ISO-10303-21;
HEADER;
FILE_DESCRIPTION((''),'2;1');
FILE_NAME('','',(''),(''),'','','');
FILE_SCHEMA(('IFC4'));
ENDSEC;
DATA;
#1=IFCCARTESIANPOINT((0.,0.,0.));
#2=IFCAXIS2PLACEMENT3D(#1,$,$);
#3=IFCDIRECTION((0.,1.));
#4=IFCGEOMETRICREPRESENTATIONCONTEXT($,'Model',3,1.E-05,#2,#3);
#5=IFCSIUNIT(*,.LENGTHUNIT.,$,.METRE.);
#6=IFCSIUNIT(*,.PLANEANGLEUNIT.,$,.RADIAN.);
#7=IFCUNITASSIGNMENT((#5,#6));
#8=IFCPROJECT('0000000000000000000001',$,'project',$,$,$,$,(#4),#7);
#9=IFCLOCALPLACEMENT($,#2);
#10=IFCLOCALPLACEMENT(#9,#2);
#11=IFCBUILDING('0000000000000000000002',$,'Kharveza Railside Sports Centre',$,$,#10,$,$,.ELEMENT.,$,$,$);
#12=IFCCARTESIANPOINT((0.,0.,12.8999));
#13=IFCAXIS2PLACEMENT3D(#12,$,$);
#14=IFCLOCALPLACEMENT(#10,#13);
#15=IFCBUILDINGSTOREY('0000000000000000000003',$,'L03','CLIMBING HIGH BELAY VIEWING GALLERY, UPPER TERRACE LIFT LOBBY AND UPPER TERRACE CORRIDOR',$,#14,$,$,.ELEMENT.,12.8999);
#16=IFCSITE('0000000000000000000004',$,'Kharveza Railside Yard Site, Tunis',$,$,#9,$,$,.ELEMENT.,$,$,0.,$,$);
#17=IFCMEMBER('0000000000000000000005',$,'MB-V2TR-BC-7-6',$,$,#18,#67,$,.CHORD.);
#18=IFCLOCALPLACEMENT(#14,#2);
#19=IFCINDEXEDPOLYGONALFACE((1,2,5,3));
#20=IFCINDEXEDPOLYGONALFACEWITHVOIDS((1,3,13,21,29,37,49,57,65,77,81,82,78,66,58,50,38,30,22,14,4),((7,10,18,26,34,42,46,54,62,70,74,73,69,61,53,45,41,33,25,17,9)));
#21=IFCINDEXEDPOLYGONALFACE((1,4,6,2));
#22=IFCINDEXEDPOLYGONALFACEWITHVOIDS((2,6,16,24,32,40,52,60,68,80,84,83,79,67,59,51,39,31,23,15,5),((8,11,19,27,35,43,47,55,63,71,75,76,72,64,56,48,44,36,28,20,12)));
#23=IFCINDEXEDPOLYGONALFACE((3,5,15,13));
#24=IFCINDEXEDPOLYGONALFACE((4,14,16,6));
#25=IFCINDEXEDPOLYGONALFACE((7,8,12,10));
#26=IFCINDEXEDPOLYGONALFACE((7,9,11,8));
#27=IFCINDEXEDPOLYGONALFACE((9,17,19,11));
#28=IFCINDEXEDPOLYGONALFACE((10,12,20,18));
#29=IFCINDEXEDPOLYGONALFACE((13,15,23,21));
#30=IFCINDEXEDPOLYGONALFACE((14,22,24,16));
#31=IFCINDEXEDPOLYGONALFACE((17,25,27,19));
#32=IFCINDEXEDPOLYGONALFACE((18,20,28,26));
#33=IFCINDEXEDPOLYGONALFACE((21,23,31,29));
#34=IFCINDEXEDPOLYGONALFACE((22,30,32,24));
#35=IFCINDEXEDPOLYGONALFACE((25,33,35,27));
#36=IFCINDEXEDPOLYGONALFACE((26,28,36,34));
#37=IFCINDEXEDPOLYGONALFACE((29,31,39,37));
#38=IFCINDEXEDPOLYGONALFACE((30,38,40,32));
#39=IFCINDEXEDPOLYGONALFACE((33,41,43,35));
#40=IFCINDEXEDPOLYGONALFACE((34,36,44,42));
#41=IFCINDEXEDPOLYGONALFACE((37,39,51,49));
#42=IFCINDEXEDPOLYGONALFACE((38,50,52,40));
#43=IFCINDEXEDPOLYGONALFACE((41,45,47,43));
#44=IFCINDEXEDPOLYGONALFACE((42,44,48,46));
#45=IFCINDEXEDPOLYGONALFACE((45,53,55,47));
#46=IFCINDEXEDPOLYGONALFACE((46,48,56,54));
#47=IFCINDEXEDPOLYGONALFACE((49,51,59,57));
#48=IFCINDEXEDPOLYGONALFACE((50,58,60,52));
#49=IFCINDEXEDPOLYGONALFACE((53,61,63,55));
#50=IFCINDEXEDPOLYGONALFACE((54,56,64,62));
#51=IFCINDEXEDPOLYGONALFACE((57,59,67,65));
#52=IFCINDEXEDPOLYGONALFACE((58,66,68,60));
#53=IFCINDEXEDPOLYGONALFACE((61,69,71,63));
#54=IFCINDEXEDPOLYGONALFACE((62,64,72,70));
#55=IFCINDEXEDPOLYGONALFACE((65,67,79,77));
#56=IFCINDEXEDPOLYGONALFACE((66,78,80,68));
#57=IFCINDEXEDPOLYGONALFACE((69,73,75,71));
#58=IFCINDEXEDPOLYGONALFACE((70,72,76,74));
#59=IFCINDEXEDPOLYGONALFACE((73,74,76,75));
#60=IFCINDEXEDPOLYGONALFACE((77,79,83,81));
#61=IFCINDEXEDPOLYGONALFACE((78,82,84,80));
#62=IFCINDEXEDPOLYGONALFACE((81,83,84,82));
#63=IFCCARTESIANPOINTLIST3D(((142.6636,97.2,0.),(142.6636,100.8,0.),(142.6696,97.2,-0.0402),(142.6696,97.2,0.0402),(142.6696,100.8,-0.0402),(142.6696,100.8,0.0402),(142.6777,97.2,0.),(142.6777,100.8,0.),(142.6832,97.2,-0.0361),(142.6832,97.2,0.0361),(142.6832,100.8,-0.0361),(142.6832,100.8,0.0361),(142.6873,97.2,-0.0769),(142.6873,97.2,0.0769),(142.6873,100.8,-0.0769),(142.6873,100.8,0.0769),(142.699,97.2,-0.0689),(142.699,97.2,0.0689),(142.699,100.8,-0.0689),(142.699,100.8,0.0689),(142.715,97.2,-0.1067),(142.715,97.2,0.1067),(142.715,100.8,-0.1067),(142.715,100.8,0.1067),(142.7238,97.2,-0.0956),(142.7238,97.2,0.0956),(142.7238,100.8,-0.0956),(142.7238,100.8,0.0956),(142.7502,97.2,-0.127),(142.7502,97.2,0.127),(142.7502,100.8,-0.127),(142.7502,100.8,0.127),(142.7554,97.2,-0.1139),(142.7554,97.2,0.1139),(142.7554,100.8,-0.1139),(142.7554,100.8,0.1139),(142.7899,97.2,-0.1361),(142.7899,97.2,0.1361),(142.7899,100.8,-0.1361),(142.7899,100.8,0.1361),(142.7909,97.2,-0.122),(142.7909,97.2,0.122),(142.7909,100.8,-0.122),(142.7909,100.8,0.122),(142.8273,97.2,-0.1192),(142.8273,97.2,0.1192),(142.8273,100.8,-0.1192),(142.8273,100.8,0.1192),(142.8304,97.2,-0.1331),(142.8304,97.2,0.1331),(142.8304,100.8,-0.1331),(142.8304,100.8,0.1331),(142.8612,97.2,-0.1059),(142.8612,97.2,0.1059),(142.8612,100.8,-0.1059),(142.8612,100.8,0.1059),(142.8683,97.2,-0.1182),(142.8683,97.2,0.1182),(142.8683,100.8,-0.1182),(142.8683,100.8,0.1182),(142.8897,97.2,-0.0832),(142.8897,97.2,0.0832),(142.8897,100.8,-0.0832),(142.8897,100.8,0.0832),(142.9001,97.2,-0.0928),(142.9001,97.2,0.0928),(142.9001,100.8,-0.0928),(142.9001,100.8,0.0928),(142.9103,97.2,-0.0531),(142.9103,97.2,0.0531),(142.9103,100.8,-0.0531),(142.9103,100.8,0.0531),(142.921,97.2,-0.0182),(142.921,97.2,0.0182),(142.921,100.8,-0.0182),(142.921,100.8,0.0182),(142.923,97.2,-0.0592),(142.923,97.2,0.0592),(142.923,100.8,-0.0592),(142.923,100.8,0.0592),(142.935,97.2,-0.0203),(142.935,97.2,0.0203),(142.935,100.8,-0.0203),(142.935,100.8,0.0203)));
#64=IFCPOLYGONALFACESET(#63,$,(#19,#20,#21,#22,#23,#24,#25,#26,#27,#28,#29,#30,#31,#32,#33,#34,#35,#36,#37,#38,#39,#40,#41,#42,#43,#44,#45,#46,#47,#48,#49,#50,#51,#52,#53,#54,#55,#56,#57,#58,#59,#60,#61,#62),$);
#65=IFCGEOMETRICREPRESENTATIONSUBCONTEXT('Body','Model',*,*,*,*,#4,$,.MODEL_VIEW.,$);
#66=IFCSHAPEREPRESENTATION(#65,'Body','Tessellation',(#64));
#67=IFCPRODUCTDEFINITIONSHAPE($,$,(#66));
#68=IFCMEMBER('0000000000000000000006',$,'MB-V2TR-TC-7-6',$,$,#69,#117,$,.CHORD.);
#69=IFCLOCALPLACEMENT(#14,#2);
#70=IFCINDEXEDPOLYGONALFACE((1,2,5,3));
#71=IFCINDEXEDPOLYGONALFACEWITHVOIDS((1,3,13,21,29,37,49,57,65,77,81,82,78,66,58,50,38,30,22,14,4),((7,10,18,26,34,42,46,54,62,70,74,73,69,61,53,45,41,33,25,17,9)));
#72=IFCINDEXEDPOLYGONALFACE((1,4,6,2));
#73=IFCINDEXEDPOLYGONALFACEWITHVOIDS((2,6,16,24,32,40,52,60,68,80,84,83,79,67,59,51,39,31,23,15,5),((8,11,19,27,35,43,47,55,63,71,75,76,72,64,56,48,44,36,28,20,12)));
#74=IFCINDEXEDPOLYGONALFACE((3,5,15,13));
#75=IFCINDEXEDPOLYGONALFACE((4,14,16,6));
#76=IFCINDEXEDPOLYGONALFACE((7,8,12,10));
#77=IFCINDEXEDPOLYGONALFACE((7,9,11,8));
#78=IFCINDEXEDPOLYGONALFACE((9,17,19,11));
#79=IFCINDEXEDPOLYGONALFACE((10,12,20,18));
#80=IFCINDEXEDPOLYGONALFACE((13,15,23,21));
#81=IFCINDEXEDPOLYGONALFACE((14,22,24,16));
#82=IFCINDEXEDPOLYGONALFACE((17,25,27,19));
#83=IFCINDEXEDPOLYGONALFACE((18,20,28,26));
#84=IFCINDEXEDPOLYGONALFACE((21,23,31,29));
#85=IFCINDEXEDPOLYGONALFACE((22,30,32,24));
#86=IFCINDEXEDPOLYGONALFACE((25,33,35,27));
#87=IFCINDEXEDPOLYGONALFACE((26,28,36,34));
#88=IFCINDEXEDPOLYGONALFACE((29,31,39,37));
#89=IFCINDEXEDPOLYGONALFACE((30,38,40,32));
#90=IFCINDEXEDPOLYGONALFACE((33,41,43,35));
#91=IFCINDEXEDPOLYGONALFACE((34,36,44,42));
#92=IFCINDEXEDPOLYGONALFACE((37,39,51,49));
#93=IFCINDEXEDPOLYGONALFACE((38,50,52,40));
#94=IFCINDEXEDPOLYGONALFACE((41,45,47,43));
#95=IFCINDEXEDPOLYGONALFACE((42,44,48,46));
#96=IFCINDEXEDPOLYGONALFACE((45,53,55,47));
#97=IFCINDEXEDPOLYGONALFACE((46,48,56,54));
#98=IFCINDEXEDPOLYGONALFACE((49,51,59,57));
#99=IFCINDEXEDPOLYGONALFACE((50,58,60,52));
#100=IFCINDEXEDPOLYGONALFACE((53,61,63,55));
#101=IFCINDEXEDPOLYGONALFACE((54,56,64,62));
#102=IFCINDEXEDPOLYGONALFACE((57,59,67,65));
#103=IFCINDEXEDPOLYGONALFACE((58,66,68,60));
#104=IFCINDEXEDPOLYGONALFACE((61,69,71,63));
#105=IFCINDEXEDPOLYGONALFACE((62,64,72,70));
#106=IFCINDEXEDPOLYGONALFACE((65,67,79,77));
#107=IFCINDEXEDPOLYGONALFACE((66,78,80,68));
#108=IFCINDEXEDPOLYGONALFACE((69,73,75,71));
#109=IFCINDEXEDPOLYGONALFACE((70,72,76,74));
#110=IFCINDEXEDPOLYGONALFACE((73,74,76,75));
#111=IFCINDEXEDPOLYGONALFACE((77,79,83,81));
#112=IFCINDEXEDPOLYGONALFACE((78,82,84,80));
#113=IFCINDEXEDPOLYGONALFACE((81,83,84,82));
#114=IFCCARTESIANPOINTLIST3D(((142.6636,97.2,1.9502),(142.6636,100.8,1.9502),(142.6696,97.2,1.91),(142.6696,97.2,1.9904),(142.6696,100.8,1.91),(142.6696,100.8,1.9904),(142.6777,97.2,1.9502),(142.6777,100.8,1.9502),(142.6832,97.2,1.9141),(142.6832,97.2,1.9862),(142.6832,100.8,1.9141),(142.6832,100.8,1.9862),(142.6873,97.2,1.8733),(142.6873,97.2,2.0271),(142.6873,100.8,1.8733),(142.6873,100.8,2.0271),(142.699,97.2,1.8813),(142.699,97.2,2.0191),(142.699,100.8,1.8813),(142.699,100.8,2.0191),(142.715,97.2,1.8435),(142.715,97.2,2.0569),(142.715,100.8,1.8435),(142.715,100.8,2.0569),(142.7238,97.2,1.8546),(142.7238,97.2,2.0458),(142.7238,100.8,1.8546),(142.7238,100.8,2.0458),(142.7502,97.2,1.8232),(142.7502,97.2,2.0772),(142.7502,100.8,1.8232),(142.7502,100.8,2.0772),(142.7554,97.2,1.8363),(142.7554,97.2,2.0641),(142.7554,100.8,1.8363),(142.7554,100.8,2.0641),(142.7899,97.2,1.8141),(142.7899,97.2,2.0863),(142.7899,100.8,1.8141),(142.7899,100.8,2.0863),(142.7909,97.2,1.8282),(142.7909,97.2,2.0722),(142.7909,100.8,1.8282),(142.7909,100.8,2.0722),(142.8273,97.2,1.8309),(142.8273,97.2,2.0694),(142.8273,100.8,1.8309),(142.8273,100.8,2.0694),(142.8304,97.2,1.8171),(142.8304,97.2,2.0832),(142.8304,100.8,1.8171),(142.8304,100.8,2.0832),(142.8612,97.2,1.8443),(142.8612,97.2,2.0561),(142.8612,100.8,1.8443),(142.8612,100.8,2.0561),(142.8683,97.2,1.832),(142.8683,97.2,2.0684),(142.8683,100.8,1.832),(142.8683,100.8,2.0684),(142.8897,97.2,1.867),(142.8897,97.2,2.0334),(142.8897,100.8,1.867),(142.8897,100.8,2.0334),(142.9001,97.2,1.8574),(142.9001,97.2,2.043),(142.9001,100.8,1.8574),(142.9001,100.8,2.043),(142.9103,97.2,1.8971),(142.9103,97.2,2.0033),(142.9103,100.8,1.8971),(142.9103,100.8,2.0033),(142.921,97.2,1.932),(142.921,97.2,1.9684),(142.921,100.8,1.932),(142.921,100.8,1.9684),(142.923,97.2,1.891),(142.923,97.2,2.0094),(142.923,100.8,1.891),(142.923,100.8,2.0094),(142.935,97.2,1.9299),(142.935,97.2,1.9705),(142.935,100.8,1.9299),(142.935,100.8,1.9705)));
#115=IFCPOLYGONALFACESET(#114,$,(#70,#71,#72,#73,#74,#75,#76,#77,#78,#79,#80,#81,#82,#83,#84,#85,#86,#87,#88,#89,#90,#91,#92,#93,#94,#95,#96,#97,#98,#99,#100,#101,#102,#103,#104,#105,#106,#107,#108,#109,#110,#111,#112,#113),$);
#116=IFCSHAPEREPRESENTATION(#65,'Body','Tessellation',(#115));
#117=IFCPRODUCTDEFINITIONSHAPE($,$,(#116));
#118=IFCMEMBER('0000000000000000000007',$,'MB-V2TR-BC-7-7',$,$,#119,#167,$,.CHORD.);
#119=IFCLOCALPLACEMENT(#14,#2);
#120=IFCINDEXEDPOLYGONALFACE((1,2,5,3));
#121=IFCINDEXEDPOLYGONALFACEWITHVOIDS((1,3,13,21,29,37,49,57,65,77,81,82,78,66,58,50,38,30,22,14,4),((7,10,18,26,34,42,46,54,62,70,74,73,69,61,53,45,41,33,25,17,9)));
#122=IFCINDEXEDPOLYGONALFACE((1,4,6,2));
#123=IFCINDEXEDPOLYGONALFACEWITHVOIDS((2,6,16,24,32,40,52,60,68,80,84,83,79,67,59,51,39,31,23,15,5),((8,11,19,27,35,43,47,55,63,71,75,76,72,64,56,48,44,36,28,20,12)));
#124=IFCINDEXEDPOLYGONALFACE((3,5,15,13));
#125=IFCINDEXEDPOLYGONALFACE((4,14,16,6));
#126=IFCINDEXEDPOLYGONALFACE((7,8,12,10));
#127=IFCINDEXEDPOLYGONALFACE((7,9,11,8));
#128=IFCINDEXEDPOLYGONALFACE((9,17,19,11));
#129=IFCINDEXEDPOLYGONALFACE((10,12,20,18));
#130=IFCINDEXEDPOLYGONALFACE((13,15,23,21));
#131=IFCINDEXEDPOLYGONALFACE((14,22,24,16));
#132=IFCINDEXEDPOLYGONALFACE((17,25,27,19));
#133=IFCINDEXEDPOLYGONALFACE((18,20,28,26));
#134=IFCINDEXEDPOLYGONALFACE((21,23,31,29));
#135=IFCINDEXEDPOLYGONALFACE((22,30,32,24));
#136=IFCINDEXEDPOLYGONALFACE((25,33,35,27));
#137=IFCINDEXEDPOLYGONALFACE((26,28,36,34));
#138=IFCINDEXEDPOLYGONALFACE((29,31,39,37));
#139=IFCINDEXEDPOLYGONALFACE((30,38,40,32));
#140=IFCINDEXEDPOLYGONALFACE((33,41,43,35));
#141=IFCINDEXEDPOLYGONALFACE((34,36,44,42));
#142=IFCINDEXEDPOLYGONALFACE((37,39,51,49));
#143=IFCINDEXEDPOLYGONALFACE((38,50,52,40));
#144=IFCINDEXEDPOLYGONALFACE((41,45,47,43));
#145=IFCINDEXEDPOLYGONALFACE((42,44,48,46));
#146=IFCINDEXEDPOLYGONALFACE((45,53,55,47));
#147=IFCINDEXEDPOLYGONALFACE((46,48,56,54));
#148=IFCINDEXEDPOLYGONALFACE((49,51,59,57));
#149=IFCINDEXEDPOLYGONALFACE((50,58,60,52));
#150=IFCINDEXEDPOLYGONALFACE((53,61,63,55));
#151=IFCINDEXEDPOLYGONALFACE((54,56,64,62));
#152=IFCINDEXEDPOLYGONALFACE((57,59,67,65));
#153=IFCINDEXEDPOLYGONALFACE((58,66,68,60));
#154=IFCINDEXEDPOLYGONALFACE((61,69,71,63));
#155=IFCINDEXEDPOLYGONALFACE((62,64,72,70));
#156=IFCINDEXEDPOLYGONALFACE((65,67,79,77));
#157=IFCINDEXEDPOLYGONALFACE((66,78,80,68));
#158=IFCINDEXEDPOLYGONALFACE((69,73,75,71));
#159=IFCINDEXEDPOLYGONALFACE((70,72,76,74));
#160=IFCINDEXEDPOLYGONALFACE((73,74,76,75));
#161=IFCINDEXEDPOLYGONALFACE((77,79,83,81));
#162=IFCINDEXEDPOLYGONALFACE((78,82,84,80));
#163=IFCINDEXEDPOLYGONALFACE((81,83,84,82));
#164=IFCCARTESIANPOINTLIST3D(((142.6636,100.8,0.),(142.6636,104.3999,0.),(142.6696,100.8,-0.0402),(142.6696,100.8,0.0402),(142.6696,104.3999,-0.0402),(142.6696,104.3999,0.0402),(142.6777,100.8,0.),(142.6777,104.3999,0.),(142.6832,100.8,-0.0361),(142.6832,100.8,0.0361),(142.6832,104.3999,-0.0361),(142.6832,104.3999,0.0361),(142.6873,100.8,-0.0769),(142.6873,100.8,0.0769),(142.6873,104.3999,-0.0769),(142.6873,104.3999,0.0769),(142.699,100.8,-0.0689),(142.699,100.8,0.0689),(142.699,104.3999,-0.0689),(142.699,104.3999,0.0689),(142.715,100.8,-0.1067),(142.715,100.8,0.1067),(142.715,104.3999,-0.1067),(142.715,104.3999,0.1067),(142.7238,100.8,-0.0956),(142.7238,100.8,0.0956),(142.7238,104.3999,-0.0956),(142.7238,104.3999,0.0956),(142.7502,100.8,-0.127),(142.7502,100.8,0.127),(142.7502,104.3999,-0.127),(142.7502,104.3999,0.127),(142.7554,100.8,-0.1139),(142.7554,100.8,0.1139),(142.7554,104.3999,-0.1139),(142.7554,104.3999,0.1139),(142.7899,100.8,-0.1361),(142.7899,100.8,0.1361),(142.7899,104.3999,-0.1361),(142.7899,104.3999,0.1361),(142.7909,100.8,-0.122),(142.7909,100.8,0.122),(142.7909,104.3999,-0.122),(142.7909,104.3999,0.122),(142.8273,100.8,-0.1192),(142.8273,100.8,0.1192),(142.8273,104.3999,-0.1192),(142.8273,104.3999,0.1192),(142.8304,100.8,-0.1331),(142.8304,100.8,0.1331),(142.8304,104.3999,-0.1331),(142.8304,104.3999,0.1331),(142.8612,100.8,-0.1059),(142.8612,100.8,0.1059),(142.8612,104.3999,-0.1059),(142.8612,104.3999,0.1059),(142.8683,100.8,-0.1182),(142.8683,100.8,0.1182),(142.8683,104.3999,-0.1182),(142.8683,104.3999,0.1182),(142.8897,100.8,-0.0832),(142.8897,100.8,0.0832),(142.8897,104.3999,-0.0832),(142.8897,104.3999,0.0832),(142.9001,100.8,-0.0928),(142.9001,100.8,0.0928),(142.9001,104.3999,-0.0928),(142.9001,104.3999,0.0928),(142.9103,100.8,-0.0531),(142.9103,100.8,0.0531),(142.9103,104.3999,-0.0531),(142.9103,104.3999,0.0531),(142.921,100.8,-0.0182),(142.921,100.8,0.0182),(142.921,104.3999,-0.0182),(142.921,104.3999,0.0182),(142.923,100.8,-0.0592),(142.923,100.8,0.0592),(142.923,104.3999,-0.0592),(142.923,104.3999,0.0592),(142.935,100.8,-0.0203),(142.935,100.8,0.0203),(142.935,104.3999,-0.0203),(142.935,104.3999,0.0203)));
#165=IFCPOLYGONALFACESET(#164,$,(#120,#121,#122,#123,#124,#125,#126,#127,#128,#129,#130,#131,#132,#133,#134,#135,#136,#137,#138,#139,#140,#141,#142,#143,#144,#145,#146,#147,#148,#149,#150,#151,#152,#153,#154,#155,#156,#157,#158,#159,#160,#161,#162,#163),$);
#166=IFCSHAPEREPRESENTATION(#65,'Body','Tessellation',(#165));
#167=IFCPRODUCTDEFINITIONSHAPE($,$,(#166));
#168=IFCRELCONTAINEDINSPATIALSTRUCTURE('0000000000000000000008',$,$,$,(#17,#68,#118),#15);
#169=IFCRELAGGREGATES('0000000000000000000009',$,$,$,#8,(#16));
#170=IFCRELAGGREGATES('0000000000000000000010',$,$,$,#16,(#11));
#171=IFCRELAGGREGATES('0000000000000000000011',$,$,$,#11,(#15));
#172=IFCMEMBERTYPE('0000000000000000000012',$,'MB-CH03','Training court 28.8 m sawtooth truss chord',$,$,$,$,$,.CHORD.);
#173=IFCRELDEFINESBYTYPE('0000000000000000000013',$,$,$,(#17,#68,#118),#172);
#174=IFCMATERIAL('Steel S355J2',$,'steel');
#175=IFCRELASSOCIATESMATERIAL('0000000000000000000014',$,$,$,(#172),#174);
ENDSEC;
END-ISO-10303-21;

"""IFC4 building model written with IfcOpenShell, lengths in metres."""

from ifc_helpers import new_model, si_unit, direction, frame, origin, origin_2d, place, context, subcontext, project, spatial, hollow_circle, extrude, material, material_profile, profile_set, type_object, element, save


model = new_model("IFC4")

# Units and contexts
model_context = context("Model", 3, precision=1e-05, world=origin(), true_north=direction((0.0, 1.0)))
body_context = subcontext(model_context, "Body", "Model", "MODEL_VIEW")
ifc_project = project(units=[si_unit("LENGTHUNIT", "METRE"), si_unit("PLANEANGLEUNIT", "RADIAN")], contexts=[model_context])

# Site, building, storey
site_placement = place(None, origin())
site = spatial("IfcSite", under=ifc_project, at=site_placement, Name="Kharveza Railside Yard Site, Tunis", CompositionType="ELEMENT", RefElevation=0.0)
building_placement = place(site_placement, origin())
building = spatial("IfcBuilding", under=site, at=building_placement, Name="Kharveza Railside Sports Centre", CompositionType="ELEMENT")
storey_placement = place(building_placement, frame((0.0, 0.0, 12.8999)))
storey = spatial("IfcBuildingStorey", under=building, at=storey_placement, Name="L03", Description="CLIMBING HIGH BELAY VIEWING GALLERY, UPPER TERRACE LIFT LOBBY AND UPPER TERRACE CORRIDOR", CompositionType="ELEMENT", Elevation=12.8999)

# Members
ifc_material_1 = material(Name="Steel S355J2", Category="steel")
ifc_material_profile_1 = material_profile(ifc_material_1, hollow_circle(Radius=0.1365, WallThickness=0.0142, at=origin_2d()), Name="CHS 273.0x14.2")
ifc_profile_set_1 = profile_set([ifc_material_profile_1], Name="Steel S355J2")
member_type_1 = type_object("IfcMemberType", Name="MB-CH03", Description="Training court 28.8 m sawtooth truss chord", PredefinedType="CHORD", material=ifc_profile_set_1)
for number, where, z_axis, x_axis, name in (
    (1, (142.8, 97.2, 0.0), (0.0, 1.0, 0.0), (-1.0, 0.0, 0.0), "MB-V2TR-BC-7-6"),
    (2, (142.8, 97.2, 1.9502), (0.0, 1.0, 0.0), (-1.0, 0.0, 0.0), "MB-V2TR-TC-7-6"),
):
    element("IfcMember", number, at=place(storey_placement, frame(where, z_axis=z_axis, x_axis=x_axis)), inside=storey, type_object=member_type_1, Name=name, PredefinedType="CHORD", context=body_context, shape_type="SweptSolid", body=[
        extrude(hollow_circle(Radius=0.1365, WallThickness=0.0142, at=origin_2d()), origin(), (0.0, 0.0, 1.0), 3.6001),
    ])
for number, where, z_axis, x_axis, name in (
    (3, (142.8, 100.8, 0.0), (0.0, 1.0, 0.0), (-1.0, 0.0, 0.0), "MB-V2TR-BC-7-7"),
):
    element("IfcMember", number, at=place(storey_placement, frame(where, z_axis=z_axis, x_axis=x_axis)), inside=storey, type_object=member_type_1, Name=name, PredefinedType="CHORD", context=body_context, shape_type="SweptSolid", body=[
        extrude(hollow_circle(Radius=0.1365, WallThickness=0.0142, at=origin_2d()), origin(), (0.0, 0.0, 1.0), 3.5999),
    ])

save(model, "model.ifc")
